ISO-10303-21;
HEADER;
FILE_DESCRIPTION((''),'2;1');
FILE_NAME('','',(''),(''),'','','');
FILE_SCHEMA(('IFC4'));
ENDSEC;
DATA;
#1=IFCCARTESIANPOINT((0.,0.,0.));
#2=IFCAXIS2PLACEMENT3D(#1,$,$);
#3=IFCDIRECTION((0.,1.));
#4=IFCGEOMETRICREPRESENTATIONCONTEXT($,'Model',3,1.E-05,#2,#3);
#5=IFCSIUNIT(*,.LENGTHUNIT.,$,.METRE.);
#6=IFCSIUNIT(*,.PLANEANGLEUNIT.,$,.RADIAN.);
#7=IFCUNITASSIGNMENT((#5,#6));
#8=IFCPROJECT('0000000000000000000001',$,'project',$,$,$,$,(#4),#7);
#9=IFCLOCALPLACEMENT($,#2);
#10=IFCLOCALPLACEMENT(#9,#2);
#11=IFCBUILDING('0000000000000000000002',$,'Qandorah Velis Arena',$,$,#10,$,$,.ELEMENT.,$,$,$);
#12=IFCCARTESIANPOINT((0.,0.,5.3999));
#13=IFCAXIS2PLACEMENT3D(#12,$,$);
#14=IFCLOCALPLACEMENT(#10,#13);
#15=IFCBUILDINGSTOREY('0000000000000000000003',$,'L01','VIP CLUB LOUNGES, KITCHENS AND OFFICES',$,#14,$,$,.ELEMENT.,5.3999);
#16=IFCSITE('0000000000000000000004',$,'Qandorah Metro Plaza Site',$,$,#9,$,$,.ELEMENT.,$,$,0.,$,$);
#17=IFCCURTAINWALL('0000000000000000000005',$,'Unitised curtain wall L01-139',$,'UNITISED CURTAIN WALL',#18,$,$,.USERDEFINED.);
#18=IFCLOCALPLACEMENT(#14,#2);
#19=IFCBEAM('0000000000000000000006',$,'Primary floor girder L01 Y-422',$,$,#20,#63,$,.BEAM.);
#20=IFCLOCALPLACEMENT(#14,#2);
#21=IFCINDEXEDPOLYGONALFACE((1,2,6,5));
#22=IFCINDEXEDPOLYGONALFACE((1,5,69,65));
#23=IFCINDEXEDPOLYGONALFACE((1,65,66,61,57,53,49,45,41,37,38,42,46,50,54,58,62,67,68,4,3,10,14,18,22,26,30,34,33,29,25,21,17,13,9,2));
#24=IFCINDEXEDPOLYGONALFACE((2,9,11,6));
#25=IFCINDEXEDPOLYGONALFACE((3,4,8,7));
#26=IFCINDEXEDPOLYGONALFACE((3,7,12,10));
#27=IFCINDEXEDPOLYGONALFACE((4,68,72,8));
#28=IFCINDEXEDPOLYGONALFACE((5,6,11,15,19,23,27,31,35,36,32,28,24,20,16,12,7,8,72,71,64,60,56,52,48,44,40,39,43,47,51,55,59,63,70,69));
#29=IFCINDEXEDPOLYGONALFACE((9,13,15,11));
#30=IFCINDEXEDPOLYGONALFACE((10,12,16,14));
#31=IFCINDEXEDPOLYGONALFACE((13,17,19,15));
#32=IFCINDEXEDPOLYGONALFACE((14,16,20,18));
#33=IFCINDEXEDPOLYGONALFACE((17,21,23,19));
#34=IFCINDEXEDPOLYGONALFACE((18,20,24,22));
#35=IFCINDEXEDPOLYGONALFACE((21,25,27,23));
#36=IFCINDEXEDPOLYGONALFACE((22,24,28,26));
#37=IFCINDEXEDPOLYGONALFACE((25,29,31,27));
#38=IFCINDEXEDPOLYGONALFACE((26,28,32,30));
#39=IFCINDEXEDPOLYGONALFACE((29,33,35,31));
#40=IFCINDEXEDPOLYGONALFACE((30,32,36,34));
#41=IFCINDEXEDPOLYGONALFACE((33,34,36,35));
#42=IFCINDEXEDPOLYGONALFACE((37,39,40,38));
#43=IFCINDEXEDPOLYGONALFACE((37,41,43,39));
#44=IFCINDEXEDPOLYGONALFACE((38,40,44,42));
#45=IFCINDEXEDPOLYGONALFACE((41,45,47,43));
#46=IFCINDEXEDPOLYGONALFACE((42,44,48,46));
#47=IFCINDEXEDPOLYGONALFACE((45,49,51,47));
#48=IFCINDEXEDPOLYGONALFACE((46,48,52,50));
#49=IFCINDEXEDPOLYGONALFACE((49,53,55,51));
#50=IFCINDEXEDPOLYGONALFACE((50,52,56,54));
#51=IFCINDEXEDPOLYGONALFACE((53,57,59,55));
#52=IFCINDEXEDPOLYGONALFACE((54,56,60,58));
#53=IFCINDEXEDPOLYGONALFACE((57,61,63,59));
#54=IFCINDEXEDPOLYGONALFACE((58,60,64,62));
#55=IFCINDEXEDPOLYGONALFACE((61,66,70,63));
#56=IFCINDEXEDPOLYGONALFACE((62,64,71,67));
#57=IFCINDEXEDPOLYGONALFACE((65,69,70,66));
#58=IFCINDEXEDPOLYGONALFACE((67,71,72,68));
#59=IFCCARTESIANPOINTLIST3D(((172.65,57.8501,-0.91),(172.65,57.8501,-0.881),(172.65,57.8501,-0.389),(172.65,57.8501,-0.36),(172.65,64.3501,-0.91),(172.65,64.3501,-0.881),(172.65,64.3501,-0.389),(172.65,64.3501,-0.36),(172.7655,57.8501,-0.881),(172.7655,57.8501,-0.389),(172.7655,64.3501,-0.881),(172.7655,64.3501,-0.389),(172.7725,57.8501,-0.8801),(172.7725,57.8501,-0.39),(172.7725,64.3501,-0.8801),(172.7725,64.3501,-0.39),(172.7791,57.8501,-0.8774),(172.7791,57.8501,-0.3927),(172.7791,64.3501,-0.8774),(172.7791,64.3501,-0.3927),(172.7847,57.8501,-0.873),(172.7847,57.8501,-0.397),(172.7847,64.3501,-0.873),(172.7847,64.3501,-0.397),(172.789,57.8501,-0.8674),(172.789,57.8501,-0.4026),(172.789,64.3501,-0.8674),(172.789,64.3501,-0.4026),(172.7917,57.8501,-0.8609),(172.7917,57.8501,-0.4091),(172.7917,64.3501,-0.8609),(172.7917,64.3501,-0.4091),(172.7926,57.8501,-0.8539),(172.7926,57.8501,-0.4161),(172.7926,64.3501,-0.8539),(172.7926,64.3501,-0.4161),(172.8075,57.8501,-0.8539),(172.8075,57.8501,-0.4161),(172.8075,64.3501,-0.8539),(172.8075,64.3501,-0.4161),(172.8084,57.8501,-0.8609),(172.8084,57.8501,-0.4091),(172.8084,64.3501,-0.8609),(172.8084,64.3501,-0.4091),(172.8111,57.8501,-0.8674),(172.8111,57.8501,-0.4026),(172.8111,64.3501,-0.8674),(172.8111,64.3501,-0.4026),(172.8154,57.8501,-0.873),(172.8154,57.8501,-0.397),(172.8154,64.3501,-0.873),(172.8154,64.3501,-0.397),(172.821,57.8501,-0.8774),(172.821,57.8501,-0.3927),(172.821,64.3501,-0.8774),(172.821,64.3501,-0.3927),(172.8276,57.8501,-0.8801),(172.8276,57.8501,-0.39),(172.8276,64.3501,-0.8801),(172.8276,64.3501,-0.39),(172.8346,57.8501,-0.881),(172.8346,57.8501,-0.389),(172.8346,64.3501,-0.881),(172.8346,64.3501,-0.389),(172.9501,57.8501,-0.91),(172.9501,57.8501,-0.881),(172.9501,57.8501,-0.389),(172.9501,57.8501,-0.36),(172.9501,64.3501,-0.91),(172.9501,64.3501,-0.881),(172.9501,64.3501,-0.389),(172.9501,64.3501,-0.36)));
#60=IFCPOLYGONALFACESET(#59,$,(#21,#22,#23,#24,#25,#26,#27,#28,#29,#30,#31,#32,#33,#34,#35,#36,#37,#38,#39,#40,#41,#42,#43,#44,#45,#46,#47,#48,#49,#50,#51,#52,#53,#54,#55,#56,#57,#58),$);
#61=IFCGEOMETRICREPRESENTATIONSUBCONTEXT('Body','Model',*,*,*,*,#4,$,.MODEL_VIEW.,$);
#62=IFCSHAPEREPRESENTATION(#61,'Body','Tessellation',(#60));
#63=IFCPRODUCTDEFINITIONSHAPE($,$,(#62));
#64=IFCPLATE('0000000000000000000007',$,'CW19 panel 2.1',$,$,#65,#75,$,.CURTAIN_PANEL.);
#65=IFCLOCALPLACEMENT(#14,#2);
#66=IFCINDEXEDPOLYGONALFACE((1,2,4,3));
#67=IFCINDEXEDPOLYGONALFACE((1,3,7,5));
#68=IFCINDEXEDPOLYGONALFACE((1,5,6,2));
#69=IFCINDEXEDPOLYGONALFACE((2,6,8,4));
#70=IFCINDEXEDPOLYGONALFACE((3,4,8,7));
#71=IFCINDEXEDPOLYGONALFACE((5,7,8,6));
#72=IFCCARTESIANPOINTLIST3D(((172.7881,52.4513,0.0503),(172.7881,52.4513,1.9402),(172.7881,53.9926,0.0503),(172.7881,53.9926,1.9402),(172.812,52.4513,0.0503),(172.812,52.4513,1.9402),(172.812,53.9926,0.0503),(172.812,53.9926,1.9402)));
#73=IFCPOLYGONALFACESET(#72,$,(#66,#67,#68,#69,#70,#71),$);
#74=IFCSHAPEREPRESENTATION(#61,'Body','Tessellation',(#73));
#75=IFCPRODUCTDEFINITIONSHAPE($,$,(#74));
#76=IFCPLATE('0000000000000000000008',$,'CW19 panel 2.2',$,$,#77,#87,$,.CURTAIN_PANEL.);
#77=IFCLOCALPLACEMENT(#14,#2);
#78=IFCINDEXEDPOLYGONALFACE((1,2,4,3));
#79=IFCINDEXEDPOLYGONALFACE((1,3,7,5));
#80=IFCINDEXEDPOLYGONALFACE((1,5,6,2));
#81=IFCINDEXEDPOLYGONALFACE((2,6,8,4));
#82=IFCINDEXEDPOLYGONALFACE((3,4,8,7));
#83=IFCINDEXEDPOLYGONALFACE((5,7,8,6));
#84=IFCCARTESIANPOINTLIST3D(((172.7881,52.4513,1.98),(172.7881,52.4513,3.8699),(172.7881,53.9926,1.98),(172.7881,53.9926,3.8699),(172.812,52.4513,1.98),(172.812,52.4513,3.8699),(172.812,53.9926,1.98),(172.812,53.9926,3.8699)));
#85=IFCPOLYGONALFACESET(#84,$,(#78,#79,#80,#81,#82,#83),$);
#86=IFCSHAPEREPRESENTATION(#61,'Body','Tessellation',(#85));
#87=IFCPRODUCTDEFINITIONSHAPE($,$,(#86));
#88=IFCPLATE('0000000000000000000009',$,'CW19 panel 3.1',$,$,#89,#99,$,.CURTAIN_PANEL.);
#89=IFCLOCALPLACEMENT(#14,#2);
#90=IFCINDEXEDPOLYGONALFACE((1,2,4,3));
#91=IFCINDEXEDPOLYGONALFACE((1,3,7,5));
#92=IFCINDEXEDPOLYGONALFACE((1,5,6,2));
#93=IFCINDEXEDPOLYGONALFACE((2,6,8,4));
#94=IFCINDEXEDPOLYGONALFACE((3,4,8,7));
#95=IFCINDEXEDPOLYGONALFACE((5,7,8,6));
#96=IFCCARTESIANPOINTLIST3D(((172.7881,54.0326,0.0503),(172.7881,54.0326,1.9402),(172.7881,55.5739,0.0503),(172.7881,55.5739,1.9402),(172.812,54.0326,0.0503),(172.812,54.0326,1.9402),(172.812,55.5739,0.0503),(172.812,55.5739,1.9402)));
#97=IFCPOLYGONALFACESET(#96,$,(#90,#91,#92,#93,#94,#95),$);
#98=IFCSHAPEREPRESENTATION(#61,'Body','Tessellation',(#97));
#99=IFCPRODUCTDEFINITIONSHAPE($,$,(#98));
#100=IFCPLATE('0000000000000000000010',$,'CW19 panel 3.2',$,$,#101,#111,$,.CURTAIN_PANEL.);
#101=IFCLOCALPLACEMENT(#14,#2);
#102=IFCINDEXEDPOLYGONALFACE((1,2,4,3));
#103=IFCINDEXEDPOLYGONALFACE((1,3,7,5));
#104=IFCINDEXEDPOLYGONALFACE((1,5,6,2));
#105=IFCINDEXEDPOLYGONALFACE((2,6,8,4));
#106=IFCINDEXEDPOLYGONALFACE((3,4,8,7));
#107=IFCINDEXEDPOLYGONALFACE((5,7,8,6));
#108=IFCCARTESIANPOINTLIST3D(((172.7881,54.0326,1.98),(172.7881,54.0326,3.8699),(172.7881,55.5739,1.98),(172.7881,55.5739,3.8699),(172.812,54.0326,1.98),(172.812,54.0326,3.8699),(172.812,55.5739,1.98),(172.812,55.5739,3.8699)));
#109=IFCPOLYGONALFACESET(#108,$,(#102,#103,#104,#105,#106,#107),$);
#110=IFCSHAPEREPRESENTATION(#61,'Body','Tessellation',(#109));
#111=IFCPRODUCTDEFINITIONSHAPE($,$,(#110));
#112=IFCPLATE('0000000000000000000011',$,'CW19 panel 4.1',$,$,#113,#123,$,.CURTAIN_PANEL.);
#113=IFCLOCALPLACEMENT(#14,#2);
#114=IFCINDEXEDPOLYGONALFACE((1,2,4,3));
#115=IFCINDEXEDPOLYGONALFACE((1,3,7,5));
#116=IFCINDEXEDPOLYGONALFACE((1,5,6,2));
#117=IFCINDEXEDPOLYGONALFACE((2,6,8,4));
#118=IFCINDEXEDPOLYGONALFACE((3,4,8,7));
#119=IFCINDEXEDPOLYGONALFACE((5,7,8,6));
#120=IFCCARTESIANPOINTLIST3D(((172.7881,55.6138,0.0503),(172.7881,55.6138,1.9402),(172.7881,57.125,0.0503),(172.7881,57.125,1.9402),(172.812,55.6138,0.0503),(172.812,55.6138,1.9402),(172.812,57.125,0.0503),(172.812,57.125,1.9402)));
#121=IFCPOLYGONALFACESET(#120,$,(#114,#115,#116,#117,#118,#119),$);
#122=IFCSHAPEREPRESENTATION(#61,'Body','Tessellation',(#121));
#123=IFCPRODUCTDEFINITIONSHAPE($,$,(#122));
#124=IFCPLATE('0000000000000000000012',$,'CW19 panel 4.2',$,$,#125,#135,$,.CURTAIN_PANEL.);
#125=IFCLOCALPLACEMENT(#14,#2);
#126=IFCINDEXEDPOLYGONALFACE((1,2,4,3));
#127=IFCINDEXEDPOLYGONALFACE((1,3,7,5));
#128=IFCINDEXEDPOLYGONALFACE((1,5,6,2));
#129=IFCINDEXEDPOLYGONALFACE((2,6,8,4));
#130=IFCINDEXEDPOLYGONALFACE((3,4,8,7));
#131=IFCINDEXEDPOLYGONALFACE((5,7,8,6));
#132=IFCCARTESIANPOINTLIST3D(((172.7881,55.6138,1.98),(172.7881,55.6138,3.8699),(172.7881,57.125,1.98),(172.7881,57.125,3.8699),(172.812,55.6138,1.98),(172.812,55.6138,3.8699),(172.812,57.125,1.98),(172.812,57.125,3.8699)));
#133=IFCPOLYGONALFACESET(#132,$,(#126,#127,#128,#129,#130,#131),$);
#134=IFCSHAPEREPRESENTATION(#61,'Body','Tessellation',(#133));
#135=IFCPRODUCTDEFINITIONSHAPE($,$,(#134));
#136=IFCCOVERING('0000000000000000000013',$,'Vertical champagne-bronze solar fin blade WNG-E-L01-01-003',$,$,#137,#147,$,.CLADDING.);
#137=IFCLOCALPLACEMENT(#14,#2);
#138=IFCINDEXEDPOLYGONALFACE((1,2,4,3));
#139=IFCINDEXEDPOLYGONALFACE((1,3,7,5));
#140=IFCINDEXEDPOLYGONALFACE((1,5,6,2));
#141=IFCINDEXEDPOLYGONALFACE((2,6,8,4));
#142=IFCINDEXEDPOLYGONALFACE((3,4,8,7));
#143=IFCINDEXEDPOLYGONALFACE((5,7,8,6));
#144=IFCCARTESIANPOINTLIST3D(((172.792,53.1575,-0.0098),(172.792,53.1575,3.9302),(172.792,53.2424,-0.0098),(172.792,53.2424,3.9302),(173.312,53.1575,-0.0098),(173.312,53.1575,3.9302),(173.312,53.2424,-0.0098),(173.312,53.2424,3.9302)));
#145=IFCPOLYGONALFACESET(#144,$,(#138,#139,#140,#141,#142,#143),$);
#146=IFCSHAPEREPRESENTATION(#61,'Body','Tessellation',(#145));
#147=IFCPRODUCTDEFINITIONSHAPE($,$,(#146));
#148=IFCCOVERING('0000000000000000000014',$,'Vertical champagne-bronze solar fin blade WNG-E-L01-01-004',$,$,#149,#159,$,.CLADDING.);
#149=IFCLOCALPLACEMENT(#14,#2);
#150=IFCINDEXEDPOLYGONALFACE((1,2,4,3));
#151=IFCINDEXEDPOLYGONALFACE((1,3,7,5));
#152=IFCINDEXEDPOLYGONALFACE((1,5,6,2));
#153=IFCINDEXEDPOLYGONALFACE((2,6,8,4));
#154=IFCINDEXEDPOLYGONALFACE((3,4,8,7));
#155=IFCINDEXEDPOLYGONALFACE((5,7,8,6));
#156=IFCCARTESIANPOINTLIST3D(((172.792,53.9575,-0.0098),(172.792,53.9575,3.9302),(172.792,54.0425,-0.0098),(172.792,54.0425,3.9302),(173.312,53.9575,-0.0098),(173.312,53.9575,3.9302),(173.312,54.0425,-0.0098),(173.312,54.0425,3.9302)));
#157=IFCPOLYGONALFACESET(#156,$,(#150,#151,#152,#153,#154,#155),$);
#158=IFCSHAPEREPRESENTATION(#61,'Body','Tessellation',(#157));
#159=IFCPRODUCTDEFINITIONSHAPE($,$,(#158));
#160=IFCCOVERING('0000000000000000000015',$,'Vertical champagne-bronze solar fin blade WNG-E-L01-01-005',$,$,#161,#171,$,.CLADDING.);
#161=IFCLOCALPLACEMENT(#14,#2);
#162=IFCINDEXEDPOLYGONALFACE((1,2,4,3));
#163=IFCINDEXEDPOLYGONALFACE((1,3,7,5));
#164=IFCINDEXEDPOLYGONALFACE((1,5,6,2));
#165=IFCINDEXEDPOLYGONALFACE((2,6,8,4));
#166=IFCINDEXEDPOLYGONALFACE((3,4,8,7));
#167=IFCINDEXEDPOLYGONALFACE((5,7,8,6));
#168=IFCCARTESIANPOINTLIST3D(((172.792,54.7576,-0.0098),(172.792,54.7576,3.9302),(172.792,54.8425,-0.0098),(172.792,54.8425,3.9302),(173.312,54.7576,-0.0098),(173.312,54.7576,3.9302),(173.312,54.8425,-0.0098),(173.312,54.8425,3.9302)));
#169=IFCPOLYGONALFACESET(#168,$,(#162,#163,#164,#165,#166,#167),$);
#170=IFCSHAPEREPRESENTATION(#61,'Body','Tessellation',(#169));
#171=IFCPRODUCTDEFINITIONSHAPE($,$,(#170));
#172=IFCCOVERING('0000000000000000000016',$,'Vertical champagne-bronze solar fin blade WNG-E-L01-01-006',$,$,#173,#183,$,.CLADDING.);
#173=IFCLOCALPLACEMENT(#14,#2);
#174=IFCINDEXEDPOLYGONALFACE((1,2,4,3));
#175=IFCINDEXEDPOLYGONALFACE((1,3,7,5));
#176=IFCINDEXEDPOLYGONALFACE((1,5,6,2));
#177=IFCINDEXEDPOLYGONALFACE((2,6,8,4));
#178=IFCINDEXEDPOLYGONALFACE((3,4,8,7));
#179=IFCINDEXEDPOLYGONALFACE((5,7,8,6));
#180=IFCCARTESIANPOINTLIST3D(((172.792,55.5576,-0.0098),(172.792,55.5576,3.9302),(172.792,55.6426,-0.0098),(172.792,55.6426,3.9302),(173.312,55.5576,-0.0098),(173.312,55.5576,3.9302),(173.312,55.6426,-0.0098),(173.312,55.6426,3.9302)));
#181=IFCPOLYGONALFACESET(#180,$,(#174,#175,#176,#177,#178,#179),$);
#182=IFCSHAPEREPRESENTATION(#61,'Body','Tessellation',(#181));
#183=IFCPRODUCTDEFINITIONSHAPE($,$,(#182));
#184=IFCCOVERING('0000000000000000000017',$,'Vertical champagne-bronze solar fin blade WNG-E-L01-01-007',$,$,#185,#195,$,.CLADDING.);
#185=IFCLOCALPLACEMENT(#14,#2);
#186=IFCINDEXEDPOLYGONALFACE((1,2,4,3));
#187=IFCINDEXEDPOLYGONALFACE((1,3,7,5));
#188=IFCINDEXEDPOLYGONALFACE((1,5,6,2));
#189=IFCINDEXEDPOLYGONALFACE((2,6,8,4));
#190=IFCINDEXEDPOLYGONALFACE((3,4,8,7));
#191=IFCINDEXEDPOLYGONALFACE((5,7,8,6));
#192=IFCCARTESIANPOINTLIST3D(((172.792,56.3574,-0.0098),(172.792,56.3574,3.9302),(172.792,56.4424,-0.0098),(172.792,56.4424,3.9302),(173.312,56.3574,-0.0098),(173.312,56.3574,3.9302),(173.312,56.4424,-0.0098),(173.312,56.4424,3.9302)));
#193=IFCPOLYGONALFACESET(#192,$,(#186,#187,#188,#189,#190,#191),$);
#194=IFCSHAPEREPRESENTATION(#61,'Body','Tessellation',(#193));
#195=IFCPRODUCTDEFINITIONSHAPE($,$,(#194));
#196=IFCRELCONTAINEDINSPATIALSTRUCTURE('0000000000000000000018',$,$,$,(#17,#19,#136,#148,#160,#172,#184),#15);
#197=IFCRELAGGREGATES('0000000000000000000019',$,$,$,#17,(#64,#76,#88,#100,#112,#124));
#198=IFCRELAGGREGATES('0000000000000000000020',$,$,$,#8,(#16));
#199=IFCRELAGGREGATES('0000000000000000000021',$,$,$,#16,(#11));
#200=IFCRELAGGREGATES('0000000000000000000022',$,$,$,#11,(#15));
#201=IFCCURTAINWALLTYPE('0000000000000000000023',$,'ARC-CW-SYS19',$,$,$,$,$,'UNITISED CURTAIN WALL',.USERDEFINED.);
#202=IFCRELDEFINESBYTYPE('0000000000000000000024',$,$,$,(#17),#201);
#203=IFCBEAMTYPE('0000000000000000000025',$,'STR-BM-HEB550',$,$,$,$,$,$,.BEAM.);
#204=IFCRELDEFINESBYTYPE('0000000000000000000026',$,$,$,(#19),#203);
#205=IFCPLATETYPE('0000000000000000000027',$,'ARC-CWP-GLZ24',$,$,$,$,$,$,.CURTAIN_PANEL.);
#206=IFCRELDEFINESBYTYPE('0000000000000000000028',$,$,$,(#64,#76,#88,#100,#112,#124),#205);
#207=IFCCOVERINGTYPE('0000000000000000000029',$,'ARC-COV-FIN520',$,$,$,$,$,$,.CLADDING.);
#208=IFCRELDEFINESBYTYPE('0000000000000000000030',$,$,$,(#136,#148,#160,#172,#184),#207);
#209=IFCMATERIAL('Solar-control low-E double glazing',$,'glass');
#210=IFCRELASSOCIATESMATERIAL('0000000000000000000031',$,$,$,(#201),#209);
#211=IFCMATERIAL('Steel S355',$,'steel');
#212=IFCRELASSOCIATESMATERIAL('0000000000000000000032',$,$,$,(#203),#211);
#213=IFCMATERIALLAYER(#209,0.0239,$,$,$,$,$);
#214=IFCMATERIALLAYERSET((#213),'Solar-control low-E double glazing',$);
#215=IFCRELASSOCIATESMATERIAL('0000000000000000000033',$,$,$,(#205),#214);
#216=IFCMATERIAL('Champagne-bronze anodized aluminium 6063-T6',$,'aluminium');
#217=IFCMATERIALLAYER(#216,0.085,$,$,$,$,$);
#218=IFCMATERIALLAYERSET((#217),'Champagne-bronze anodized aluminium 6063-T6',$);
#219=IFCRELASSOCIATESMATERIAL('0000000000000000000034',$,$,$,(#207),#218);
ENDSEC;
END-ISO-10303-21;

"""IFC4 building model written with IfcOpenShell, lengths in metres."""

from ifc_helpers import new_model, si_unit, direction, frame, origin, origin_2d, place, context, subcontext, project, spatial, rectangle, i_section, extrude, material, layer, layer_set, material_profile, profile_set, type_object, element, aggregate, save


model = new_model("IFC4")

# Units and contexts
model_context = context("Model", 3, precision=1e-05, world=origin(), true_north=direction((0.0, 1.0)))
body_context = subcontext(model_context, "Body", "Model", "MODEL_VIEW")
ifc_project = project(units=[si_unit("LENGTHUNIT", "METRE"), si_unit("PLANEANGLEUNIT", "RADIAN")], contexts=[model_context])

# Site, building, storey
site_placement = place(None, origin())
site = spatial("IfcSite", under=ifc_project, at=site_placement, Name="Qandorah Metro Plaza Site", CompositionType="ELEMENT", RefElevation=0.0)
building_placement = place(site_placement, origin())
building = spatial("IfcBuilding", under=site, at=building_placement, Name="Qandorah Velis Arena", CompositionType="ELEMENT")
storey_placement = place(building_placement, frame((0.0, 0.0, 5.3999)))
storey = spatial("IfcBuildingStorey", under=building, at=storey_placement, Name="L01", Description="VIP CLUB LOUNGES, KITCHENS AND OFFICES", CompositionType="ELEMENT", Elevation=5.3999)

# Curtain wall
ifc_material_1 = material(Name="Solar-control low-E double glazing", Category="glass")
curtain_wall_type = type_object("IfcCurtainWallType", Name="ARC-CW-SYS19", ElementType="UNITISED CURTAIN WALL", PredefinedType="USERDEFINED", material=ifc_material_1)
curtain_wall_placement = place(storey_placement, origin())
curtain_wall = element("IfcCurtainWall", 1, at=curtain_wall_placement, inside=storey, type_object=curtain_wall_type, Name="Unitised curtain wall L01-139", ObjectType="UNITISED CURTAIN WALL", PredefinedType="USERDEFINED")
ifc_material_2 = material(Name="Champagne-bronze anodized aluminium 6063-T6", Category="aluminium")

# Beam
ifc_material_3 = material(Name="Steel S355", Category="steel")
ifc_material_profile_1 = material_profile(ifc_material_3, i_section(OverallWidth=0.3, OverallDepth=0.55, WebThickness=0.0149, FlangeThickness=0.0291, FilletRadius=0.0271, at=origin_2d()), Name="HEB 550")
ifc_profile_set_1 = profile_set([ifc_material_profile_1], Name="Steel S355")
beam_type = type_object("IfcBeamType", Name="STR-BM-HEB550", PredefinedType="BEAM", material=ifc_profile_set_1)
beam_placement = place(storey_placement, frame((172.8, 57.8501, -0.635), z_axis=(0.0, 1.0, 0.0), x_axis=(-1.0, 0.0, 0.0)))
element("IfcBeam", 2, at=beam_placement, inside=storey, type_object=beam_type, Name="Primary floor girder L01 Y-422", PredefinedType="BEAM", context=body_context, shape_type="SweptSolid", body=[
    extrude(i_section(OverallWidth=0.3, OverallDepth=0.55, WebThickness=0.0149, FlangeThickness=0.0291, FilletRadius=0.0271, at=origin_2d()), origin(), (0.0, 0.0, 1.0), 6.5),
])

# Plates
ifc_layer_1 = layer(ifc_material_1, 0.0239)
ifc_layer_set_1 = layer_set([ifc_layer_1], Name="Solar-control low-E double glazing")
plate_type = type_object("IfcPlateType", Name="ARC-CWP-GLZ24", PredefinedType="CURTAIN_PANEL", material=ifc_layer_set_1)
plate_1_placement = place(storey_placement, frame((172.8, 53.2219, 0.0503), z_axis=(0.0, 0.0, 1.0), x_axis=(0.0, 1.0, 0.0)))
plate_1 = element("IfcPlate", 3, at=plate_1_placement, type_object=plate_type, Name="CW19 panel 2.1", PredefinedType="CURTAIN_PANEL", context=body_context, shape_type="SweptSolid", body=[
    extrude(rectangle(XDim=1.5413, YDim=0.0239, at=origin_2d()), origin(), (0.0, 0.0, 1.0), 1.8899),
])
plate_2_placement = place(storey_placement, frame((172.8, 53.2219, 1.98), z_axis=(0.0, 0.0, 1.0), x_axis=(0.0, 1.0, 0.0)))
plate_2 = element("IfcPlate", 4, at=plate_2_placement, type_object=plate_type, Name="CW19 panel 2.2", PredefinedType="CURTAIN_PANEL", context=body_context, shape_type="SweptSolid", body=[
    extrude(rectangle(XDim=1.5413, YDim=0.0239, at=origin_2d()), origin(), (0.0, 0.0, 1.0), 1.8899),
])
plate_3_placement = place(storey_placement, frame((172.8, 54.8032, 0.0503), z_axis=(0.0, 0.0, 1.0), x_axis=(0.0, 1.0, 0.0)))
plate_3 = element("IfcPlate", 5, at=plate_3_placement, type_object=plate_type, Name="CW19 panel 3.1", PredefinedType="CURTAIN_PANEL", context=body_context, shape_type="SweptSolid", body=[
    extrude(rectangle(XDim=1.5413, YDim=0.0239, at=origin_2d()), origin(), (0.0, 0.0, 1.0), 1.8899),
])
plate_4_placement = place(storey_placement, frame((172.8, 54.8032, 1.98), z_axis=(0.0, 0.0, 1.0), x_axis=(0.0, 1.0, 0.0)))
plate_4 = element("IfcPlate", 6, at=plate_4_placement, type_object=plate_type, Name="CW19 panel 3.2", PredefinedType="CURTAIN_PANEL", context=body_context, shape_type="SweptSolid", body=[
    extrude(rectangle(XDim=1.5413, YDim=0.0239, at=origin_2d()), origin(), (0.0, 0.0, 1.0), 1.8899),
])
plate_5_placement = place(storey_placement, frame((172.8, 56.3694, 0.0503), z_axis=(0.0, 0.0, 1.0), x_axis=(0.0, 1.0, 0.0)))
plate_5 = element("IfcPlate", 7, at=plate_5_placement, type_object=plate_type, Name="CW19 panel 4.1", PredefinedType="CURTAIN_PANEL", context=body_context, shape_type="SweptSolid", body=[
    extrude(rectangle(XDim=1.5112, YDim=0.0239, at=origin_2d()), origin(), (0.0, 0.0, 1.0), 1.8899),
])
plate_6_placement = place(storey_placement, frame((172.8, 56.3694, 1.98), z_axis=(0.0, 0.0, 1.0), x_axis=(0.0, 1.0, 0.0)))
plate_6 = element("IfcPlate", 8, at=plate_6_placement, type_object=plate_type, Name="CW19 panel 4.2", PredefinedType="CURTAIN_PANEL", context=body_context, shape_type="SweptSolid", body=[
    extrude(rectangle(XDim=1.5112, YDim=0.0239, at=origin_2d()), origin(), (0.0, 0.0, 1.0), 1.8899),
])
aggregate(curtain_wall, [plate_1, plate_2, plate_3, plate_4, plate_5, plate_6])

# Coverings
ifc_layer_2 = layer(ifc_material_2, 0.085)
ifc_layer_set_2 = layer_set([ifc_layer_2], Name="Champagne-bronze anodized aluminium 6063-T6")
covering_type = type_object("IfcCoveringType", Name="ARC-COV-FIN520", PredefinedType="CLADDING", material=ifc_layer_set_2)
for number, where, z_axis, x_axis, name in (
    (9, (173.052, 53.2, -0.0098), (0.0, 0.0, 1.0), (1.0, 0.0, 0.0), "Vertical champagne-bronze solar fin blade WNG-E-L01-01-003"),
    (10, (173.052, 54.0, -0.0098), (0.0, 0.0, 1.0), (1.0, 0.0, 0.0), "Vertical champagne-bronze solar fin blade WNG-E-L01-01-004"),
    (11, (173.052, 54.8, -0.0098), (0.0, 0.0, 1.0), (1.0, 0.0, 0.0), "Vertical champagne-bronze solar fin blade WNG-E-L01-01-005"),
    (12, (173.052, 55.6001, -0.0098), (0.0, 0.0, 1.0), (1.0, 0.0, 0.0), "Vertical champagne-bronze solar fin blade WNG-E-L01-01-006"),
    (13, (173.052, 56.3999, -0.0098), (0.0, 0.0, 1.0), (1.0, 0.0, 0.0), "Vertical champagne-bronze solar fin blade WNG-E-L01-01-007"),
):
    element("IfcCovering", number, at=place(storey_placement, frame(where, z_axis=z_axis, x_axis=x_axis)), inside=storey, type_object=covering_type, Name=name, PredefinedType="CLADDING", context=body_context, shape_type="SweptSolid", body=[
        extrude(rectangle(XDim=0.52, YDim=0.085, at=origin_2d()), origin(), (0.0, 0.0, 1.0), 3.9399),
    ])

save(model, "model.ifc")
